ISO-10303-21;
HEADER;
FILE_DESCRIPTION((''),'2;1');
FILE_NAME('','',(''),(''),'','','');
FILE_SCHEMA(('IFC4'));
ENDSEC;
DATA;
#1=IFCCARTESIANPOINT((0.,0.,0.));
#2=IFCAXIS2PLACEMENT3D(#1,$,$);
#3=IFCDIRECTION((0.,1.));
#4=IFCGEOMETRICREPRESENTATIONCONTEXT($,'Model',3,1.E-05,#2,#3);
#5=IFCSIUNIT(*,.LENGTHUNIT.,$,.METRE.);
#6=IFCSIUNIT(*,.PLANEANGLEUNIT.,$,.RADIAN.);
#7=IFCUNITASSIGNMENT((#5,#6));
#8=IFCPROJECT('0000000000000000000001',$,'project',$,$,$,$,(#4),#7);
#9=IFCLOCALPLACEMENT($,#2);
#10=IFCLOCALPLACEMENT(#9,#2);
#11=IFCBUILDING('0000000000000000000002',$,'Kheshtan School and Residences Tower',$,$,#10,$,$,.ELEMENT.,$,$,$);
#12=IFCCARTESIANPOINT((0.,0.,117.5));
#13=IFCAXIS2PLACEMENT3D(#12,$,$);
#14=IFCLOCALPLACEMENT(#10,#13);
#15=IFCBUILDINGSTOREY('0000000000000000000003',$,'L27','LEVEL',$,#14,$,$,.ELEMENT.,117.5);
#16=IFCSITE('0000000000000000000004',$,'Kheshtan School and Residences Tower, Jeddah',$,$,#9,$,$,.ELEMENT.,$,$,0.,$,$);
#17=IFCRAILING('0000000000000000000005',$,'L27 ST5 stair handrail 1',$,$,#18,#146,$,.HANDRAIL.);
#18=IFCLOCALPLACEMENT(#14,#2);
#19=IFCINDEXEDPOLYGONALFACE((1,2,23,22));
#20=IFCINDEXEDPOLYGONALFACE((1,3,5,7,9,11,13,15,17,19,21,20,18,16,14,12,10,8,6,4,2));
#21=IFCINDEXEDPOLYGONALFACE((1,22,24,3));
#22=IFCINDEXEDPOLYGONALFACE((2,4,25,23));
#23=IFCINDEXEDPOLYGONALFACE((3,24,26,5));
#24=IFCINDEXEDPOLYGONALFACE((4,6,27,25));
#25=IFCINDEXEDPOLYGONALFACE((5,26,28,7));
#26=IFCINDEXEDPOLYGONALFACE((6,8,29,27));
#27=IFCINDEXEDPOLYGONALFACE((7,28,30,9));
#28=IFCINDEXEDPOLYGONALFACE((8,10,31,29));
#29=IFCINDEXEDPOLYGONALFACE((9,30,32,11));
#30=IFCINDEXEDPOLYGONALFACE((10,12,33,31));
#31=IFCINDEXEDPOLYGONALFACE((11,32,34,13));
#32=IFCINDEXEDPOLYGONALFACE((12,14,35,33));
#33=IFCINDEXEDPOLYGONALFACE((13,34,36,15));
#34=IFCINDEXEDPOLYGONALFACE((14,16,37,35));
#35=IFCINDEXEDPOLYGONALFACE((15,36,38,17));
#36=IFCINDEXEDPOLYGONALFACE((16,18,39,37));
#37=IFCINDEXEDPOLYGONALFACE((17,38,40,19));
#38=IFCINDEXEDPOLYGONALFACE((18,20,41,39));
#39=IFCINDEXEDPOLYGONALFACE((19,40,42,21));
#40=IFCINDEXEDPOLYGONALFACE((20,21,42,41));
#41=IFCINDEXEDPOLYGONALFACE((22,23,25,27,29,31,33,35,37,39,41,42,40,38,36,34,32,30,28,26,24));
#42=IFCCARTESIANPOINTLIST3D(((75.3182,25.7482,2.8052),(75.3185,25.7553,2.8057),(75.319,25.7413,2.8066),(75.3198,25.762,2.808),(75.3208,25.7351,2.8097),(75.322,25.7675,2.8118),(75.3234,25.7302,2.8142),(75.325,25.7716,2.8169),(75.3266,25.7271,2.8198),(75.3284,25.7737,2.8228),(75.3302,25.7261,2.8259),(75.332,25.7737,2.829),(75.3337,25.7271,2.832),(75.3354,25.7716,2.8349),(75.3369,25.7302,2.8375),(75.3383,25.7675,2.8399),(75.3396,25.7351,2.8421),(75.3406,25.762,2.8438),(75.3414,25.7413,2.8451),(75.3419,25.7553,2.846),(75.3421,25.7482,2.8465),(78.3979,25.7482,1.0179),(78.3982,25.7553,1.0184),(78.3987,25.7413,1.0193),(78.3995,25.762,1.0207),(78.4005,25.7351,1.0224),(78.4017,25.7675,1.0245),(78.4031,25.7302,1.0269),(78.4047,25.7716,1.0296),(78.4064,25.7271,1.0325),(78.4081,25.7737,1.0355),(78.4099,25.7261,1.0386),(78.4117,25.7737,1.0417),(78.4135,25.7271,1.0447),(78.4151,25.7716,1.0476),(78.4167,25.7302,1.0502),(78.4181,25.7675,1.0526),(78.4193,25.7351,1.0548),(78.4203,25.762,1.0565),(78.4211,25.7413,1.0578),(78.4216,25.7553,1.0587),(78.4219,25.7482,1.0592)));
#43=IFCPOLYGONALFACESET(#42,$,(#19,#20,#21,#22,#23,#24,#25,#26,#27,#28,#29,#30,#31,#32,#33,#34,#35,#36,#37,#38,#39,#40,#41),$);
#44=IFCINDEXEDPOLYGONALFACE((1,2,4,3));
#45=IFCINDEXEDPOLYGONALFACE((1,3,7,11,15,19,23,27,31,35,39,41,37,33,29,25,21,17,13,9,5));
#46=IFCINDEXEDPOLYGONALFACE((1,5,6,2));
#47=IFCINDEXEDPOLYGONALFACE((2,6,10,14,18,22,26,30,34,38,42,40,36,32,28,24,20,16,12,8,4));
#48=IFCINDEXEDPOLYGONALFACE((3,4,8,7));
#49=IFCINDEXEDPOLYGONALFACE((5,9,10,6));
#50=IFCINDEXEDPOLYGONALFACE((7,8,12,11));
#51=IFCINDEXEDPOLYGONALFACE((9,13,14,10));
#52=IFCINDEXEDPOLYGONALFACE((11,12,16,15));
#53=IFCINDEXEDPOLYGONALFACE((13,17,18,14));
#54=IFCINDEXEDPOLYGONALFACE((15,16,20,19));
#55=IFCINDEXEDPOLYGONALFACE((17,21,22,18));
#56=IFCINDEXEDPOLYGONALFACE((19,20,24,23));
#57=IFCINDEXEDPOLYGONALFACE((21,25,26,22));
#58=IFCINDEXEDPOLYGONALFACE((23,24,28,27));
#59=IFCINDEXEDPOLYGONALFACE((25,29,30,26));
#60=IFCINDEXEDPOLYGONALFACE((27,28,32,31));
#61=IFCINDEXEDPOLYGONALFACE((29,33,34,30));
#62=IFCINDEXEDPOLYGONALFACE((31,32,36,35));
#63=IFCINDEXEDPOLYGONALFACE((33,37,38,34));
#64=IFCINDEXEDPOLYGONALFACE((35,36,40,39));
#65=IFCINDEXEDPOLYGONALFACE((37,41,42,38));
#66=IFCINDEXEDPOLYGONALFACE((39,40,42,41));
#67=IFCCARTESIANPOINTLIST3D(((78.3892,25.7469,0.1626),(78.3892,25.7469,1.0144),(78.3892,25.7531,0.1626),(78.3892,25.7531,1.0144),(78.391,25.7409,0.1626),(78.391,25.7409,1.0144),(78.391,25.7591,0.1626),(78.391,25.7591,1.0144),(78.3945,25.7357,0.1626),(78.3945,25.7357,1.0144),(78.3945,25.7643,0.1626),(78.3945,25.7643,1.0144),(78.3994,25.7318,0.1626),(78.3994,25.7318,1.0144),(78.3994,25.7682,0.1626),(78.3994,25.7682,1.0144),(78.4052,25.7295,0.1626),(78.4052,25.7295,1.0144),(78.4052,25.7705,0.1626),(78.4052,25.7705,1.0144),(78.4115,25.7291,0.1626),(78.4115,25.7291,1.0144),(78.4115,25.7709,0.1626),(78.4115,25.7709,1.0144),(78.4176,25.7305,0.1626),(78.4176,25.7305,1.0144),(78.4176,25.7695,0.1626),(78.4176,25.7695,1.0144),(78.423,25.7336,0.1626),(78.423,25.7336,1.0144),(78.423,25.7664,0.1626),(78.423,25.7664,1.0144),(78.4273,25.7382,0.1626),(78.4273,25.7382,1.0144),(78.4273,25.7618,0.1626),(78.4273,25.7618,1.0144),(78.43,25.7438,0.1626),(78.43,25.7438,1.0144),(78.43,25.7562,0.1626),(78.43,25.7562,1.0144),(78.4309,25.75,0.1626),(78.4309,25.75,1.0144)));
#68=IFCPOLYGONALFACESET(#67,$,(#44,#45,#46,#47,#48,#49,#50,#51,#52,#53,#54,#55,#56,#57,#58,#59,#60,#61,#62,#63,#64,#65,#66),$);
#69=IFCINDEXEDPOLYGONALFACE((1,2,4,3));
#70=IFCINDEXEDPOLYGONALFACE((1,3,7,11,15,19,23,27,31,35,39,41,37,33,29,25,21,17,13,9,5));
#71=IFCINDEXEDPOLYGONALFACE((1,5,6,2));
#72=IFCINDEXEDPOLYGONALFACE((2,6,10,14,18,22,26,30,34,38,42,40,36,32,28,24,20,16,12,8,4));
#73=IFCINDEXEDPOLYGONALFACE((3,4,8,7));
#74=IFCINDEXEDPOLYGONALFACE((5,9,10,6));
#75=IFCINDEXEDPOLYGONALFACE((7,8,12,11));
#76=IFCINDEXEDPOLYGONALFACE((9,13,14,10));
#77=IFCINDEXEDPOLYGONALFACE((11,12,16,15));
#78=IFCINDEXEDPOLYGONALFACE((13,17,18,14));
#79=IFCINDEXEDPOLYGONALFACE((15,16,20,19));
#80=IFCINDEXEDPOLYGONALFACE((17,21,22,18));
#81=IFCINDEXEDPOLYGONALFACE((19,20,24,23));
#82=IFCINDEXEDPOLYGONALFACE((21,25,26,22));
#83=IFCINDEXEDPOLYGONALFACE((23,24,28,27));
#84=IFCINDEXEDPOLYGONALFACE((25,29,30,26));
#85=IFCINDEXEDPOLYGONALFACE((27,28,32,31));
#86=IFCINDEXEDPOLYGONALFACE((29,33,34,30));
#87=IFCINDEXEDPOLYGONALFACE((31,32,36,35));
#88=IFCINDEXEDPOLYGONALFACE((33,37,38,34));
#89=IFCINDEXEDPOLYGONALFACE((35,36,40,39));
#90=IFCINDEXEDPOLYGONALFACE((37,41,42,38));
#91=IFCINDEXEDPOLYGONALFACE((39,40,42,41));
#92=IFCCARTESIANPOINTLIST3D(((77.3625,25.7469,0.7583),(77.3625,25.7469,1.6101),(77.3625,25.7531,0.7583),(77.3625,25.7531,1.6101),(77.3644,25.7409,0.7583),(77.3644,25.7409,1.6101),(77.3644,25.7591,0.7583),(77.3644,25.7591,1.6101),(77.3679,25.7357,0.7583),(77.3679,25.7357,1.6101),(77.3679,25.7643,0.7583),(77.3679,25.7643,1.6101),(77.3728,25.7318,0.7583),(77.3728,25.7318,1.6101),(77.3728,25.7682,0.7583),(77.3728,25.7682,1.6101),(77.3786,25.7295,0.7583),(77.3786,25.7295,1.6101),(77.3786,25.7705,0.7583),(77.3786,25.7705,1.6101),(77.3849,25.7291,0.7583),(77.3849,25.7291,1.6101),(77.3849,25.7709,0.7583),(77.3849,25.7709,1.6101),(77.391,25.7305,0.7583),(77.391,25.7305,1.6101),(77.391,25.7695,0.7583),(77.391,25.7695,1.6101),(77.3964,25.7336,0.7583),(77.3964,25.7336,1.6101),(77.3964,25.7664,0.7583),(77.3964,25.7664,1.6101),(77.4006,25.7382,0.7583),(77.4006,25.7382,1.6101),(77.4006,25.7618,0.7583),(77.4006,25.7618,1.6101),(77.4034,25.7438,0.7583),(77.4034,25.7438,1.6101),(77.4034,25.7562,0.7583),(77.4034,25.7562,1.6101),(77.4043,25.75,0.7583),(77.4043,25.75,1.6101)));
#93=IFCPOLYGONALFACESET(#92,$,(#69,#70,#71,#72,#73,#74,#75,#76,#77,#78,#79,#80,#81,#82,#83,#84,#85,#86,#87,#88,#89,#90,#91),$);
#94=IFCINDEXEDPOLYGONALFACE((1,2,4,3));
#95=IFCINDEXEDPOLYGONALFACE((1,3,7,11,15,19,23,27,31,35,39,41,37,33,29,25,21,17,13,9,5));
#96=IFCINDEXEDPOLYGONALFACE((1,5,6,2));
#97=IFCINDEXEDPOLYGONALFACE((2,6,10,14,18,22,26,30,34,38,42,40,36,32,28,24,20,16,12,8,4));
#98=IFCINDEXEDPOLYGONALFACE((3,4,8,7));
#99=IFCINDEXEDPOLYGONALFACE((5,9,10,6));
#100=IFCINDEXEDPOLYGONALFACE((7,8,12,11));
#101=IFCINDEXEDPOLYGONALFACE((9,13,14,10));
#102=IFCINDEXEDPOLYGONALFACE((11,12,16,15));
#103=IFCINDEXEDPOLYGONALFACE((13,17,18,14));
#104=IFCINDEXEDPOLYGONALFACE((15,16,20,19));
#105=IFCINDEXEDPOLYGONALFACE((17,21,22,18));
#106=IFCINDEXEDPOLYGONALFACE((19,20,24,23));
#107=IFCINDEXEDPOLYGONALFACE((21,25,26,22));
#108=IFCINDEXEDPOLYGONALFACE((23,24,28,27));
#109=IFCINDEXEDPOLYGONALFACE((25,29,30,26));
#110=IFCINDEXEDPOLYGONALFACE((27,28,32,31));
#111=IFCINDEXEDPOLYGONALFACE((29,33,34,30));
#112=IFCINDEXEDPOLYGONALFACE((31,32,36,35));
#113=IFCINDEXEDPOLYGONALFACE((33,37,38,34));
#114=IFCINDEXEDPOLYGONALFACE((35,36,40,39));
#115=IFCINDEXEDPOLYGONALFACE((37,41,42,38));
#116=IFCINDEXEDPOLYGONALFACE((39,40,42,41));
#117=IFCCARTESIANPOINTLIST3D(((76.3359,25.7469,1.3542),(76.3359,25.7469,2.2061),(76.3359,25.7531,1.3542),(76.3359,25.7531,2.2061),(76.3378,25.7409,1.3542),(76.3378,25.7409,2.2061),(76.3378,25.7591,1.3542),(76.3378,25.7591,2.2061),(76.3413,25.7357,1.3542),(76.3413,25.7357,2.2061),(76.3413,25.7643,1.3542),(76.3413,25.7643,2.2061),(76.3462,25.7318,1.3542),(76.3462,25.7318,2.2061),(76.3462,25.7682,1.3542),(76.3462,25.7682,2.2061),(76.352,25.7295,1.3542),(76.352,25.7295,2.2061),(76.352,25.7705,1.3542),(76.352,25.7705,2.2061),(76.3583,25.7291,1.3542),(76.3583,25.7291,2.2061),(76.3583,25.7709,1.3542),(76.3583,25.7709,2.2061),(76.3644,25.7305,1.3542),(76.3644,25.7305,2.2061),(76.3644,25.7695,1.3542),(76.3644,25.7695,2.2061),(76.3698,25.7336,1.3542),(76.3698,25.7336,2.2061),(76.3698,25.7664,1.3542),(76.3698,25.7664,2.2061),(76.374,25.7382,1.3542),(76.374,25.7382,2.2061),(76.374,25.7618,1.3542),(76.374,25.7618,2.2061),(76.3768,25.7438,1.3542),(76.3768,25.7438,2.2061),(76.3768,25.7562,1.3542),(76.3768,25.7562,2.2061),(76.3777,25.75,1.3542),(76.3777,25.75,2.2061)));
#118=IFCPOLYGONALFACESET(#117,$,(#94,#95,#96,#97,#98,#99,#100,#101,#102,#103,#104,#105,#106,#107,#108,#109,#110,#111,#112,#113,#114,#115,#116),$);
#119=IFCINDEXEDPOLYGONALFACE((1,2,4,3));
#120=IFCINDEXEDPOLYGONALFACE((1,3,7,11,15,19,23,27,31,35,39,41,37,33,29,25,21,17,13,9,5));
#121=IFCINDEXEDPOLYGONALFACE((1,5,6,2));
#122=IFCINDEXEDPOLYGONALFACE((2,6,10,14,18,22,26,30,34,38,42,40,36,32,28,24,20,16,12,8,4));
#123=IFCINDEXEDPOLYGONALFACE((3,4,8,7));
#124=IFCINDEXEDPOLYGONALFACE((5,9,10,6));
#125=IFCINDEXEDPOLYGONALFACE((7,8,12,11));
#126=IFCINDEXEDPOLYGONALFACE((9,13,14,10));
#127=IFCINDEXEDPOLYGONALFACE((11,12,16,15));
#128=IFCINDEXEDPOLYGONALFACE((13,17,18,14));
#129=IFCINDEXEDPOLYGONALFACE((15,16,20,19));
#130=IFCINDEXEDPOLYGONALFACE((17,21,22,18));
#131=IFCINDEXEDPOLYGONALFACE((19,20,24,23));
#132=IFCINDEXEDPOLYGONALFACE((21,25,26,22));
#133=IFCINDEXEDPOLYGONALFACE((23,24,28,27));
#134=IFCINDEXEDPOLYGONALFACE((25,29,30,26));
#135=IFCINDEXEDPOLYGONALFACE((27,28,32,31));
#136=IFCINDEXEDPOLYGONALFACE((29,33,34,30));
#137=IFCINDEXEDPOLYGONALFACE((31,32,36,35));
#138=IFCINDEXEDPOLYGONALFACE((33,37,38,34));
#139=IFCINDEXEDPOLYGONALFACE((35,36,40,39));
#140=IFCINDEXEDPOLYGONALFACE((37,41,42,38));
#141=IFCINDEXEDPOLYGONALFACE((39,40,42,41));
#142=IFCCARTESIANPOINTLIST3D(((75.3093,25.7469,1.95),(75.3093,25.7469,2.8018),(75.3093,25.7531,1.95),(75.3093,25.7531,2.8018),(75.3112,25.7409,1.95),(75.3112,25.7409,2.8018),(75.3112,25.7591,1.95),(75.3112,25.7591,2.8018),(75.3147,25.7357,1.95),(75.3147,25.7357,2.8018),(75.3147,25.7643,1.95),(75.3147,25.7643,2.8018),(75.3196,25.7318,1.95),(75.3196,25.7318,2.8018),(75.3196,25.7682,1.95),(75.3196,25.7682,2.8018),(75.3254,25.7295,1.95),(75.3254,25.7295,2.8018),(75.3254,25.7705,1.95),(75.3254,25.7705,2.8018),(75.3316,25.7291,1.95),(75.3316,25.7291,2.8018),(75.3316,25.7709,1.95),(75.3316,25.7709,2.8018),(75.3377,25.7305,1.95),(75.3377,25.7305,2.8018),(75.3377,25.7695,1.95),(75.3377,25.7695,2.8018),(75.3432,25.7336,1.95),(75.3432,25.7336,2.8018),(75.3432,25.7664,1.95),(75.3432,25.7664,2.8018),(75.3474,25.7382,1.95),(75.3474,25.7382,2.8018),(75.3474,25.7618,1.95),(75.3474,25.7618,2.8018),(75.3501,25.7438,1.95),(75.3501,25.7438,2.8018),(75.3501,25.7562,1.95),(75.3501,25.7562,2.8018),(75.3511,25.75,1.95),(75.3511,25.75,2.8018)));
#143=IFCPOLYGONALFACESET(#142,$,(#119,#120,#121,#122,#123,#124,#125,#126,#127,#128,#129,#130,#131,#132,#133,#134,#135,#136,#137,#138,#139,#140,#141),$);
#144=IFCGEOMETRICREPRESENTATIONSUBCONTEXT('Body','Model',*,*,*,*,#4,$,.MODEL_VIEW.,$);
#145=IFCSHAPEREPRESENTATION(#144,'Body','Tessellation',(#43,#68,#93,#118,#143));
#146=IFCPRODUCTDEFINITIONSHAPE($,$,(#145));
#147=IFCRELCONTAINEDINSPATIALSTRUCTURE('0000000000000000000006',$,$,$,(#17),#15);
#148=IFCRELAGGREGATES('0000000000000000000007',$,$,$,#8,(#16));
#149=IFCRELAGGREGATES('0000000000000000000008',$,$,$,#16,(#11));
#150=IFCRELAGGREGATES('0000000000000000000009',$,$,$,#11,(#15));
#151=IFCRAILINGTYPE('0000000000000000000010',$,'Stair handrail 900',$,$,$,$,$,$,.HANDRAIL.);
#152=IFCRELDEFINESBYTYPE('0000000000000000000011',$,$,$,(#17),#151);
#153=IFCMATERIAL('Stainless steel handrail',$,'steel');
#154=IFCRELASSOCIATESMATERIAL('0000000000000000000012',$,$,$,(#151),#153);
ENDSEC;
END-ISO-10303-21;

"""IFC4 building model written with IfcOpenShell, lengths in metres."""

from ifc_helpers import new_model, si_unit, direction, frame, origin, origin_2d, place, context, subcontext, project, spatial, circle, extrude, material, type_object, element, save


model = new_model("IFC4")

# Units and contexts
model_context = context("Model", 3, precision=1e-05, world=origin(), true_north=direction((0.0, 1.0)))
body_context = subcontext(model_context, "Body", "Model", "MODEL_VIEW")
ifc_project = project(units=[si_unit("LENGTHUNIT", "METRE"), si_unit("PLANEANGLEUNIT", "RADIAN")], contexts=[model_context])

# Site, building, storey
site_placement = place(None, origin())
site = spatial("IfcSite", under=ifc_project, at=site_placement, Name="Kheshtan School and Residences Tower, Jeddah", CompositionType="ELEMENT", RefElevation=0.0)
building_placement = place(site_placement, origin())
building = spatial("IfcBuilding", under=site, at=building_placement, Name="Kheshtan School and Residences Tower", CompositionType="ELEMENT")
storey_placement = place(building_placement, frame((0.0, 0.0, 117.5)))
storey = spatial("IfcBuildingStorey", under=building, at=storey_placement, Name="L27", Description="LEVEL", CompositionType="ELEMENT", Elevation=117.5)

# Railing
ifc_material_1 = material(Name="Stainless steel handrail", Category="steel")
railing_type = type_object("IfcRailingType", Name="Stair handrail 900", PredefinedType="HANDRAIL", material=ifc_material_1)
railing_placement = place(storey_placement, frame((78.4099, 25.75, 0.1626)))
element("IfcRailing", 1, at=railing_placement, inside=storey, type_object=railing_type, Name="L27 ST5 stair handrail 1", PredefinedType="HANDRAIL", context=body_context, shape_type="SweptSolid", body=[
    extrude(circle(Radius=0.0239, at=origin_2d()), frame((0.0, 0.0, 0.876), z_axis=(-0.864903, 0.0, 0.501939), x_axis=(0.0, -1.0, 0.0)), (0.0, 0.0, 1.0), 3.5608),
    extrude(circle(Radius=0.021, at=origin_2d()), origin(), (0.0, 0.0, 1.0), 0.8518),
    extrude(circle(Radius=0.021, at=origin_2d()), frame((-1.0266, 0.0, 0.5957)), (0.0, 0.0, 1.0), 0.8518),
    extrude(circle(Radius=0.021, at=origin_2d()), frame((-2.0532, 0.0, 1.1917)), (0.0, 0.0, 1.0), 0.8518),
    extrude(circle(Radius=0.021, at=origin_2d()), frame((-3.0798, 0.0, 1.7874)), (0.0, 0.0, 1.0), 0.8518),
])

save(model, "model.ifc")
